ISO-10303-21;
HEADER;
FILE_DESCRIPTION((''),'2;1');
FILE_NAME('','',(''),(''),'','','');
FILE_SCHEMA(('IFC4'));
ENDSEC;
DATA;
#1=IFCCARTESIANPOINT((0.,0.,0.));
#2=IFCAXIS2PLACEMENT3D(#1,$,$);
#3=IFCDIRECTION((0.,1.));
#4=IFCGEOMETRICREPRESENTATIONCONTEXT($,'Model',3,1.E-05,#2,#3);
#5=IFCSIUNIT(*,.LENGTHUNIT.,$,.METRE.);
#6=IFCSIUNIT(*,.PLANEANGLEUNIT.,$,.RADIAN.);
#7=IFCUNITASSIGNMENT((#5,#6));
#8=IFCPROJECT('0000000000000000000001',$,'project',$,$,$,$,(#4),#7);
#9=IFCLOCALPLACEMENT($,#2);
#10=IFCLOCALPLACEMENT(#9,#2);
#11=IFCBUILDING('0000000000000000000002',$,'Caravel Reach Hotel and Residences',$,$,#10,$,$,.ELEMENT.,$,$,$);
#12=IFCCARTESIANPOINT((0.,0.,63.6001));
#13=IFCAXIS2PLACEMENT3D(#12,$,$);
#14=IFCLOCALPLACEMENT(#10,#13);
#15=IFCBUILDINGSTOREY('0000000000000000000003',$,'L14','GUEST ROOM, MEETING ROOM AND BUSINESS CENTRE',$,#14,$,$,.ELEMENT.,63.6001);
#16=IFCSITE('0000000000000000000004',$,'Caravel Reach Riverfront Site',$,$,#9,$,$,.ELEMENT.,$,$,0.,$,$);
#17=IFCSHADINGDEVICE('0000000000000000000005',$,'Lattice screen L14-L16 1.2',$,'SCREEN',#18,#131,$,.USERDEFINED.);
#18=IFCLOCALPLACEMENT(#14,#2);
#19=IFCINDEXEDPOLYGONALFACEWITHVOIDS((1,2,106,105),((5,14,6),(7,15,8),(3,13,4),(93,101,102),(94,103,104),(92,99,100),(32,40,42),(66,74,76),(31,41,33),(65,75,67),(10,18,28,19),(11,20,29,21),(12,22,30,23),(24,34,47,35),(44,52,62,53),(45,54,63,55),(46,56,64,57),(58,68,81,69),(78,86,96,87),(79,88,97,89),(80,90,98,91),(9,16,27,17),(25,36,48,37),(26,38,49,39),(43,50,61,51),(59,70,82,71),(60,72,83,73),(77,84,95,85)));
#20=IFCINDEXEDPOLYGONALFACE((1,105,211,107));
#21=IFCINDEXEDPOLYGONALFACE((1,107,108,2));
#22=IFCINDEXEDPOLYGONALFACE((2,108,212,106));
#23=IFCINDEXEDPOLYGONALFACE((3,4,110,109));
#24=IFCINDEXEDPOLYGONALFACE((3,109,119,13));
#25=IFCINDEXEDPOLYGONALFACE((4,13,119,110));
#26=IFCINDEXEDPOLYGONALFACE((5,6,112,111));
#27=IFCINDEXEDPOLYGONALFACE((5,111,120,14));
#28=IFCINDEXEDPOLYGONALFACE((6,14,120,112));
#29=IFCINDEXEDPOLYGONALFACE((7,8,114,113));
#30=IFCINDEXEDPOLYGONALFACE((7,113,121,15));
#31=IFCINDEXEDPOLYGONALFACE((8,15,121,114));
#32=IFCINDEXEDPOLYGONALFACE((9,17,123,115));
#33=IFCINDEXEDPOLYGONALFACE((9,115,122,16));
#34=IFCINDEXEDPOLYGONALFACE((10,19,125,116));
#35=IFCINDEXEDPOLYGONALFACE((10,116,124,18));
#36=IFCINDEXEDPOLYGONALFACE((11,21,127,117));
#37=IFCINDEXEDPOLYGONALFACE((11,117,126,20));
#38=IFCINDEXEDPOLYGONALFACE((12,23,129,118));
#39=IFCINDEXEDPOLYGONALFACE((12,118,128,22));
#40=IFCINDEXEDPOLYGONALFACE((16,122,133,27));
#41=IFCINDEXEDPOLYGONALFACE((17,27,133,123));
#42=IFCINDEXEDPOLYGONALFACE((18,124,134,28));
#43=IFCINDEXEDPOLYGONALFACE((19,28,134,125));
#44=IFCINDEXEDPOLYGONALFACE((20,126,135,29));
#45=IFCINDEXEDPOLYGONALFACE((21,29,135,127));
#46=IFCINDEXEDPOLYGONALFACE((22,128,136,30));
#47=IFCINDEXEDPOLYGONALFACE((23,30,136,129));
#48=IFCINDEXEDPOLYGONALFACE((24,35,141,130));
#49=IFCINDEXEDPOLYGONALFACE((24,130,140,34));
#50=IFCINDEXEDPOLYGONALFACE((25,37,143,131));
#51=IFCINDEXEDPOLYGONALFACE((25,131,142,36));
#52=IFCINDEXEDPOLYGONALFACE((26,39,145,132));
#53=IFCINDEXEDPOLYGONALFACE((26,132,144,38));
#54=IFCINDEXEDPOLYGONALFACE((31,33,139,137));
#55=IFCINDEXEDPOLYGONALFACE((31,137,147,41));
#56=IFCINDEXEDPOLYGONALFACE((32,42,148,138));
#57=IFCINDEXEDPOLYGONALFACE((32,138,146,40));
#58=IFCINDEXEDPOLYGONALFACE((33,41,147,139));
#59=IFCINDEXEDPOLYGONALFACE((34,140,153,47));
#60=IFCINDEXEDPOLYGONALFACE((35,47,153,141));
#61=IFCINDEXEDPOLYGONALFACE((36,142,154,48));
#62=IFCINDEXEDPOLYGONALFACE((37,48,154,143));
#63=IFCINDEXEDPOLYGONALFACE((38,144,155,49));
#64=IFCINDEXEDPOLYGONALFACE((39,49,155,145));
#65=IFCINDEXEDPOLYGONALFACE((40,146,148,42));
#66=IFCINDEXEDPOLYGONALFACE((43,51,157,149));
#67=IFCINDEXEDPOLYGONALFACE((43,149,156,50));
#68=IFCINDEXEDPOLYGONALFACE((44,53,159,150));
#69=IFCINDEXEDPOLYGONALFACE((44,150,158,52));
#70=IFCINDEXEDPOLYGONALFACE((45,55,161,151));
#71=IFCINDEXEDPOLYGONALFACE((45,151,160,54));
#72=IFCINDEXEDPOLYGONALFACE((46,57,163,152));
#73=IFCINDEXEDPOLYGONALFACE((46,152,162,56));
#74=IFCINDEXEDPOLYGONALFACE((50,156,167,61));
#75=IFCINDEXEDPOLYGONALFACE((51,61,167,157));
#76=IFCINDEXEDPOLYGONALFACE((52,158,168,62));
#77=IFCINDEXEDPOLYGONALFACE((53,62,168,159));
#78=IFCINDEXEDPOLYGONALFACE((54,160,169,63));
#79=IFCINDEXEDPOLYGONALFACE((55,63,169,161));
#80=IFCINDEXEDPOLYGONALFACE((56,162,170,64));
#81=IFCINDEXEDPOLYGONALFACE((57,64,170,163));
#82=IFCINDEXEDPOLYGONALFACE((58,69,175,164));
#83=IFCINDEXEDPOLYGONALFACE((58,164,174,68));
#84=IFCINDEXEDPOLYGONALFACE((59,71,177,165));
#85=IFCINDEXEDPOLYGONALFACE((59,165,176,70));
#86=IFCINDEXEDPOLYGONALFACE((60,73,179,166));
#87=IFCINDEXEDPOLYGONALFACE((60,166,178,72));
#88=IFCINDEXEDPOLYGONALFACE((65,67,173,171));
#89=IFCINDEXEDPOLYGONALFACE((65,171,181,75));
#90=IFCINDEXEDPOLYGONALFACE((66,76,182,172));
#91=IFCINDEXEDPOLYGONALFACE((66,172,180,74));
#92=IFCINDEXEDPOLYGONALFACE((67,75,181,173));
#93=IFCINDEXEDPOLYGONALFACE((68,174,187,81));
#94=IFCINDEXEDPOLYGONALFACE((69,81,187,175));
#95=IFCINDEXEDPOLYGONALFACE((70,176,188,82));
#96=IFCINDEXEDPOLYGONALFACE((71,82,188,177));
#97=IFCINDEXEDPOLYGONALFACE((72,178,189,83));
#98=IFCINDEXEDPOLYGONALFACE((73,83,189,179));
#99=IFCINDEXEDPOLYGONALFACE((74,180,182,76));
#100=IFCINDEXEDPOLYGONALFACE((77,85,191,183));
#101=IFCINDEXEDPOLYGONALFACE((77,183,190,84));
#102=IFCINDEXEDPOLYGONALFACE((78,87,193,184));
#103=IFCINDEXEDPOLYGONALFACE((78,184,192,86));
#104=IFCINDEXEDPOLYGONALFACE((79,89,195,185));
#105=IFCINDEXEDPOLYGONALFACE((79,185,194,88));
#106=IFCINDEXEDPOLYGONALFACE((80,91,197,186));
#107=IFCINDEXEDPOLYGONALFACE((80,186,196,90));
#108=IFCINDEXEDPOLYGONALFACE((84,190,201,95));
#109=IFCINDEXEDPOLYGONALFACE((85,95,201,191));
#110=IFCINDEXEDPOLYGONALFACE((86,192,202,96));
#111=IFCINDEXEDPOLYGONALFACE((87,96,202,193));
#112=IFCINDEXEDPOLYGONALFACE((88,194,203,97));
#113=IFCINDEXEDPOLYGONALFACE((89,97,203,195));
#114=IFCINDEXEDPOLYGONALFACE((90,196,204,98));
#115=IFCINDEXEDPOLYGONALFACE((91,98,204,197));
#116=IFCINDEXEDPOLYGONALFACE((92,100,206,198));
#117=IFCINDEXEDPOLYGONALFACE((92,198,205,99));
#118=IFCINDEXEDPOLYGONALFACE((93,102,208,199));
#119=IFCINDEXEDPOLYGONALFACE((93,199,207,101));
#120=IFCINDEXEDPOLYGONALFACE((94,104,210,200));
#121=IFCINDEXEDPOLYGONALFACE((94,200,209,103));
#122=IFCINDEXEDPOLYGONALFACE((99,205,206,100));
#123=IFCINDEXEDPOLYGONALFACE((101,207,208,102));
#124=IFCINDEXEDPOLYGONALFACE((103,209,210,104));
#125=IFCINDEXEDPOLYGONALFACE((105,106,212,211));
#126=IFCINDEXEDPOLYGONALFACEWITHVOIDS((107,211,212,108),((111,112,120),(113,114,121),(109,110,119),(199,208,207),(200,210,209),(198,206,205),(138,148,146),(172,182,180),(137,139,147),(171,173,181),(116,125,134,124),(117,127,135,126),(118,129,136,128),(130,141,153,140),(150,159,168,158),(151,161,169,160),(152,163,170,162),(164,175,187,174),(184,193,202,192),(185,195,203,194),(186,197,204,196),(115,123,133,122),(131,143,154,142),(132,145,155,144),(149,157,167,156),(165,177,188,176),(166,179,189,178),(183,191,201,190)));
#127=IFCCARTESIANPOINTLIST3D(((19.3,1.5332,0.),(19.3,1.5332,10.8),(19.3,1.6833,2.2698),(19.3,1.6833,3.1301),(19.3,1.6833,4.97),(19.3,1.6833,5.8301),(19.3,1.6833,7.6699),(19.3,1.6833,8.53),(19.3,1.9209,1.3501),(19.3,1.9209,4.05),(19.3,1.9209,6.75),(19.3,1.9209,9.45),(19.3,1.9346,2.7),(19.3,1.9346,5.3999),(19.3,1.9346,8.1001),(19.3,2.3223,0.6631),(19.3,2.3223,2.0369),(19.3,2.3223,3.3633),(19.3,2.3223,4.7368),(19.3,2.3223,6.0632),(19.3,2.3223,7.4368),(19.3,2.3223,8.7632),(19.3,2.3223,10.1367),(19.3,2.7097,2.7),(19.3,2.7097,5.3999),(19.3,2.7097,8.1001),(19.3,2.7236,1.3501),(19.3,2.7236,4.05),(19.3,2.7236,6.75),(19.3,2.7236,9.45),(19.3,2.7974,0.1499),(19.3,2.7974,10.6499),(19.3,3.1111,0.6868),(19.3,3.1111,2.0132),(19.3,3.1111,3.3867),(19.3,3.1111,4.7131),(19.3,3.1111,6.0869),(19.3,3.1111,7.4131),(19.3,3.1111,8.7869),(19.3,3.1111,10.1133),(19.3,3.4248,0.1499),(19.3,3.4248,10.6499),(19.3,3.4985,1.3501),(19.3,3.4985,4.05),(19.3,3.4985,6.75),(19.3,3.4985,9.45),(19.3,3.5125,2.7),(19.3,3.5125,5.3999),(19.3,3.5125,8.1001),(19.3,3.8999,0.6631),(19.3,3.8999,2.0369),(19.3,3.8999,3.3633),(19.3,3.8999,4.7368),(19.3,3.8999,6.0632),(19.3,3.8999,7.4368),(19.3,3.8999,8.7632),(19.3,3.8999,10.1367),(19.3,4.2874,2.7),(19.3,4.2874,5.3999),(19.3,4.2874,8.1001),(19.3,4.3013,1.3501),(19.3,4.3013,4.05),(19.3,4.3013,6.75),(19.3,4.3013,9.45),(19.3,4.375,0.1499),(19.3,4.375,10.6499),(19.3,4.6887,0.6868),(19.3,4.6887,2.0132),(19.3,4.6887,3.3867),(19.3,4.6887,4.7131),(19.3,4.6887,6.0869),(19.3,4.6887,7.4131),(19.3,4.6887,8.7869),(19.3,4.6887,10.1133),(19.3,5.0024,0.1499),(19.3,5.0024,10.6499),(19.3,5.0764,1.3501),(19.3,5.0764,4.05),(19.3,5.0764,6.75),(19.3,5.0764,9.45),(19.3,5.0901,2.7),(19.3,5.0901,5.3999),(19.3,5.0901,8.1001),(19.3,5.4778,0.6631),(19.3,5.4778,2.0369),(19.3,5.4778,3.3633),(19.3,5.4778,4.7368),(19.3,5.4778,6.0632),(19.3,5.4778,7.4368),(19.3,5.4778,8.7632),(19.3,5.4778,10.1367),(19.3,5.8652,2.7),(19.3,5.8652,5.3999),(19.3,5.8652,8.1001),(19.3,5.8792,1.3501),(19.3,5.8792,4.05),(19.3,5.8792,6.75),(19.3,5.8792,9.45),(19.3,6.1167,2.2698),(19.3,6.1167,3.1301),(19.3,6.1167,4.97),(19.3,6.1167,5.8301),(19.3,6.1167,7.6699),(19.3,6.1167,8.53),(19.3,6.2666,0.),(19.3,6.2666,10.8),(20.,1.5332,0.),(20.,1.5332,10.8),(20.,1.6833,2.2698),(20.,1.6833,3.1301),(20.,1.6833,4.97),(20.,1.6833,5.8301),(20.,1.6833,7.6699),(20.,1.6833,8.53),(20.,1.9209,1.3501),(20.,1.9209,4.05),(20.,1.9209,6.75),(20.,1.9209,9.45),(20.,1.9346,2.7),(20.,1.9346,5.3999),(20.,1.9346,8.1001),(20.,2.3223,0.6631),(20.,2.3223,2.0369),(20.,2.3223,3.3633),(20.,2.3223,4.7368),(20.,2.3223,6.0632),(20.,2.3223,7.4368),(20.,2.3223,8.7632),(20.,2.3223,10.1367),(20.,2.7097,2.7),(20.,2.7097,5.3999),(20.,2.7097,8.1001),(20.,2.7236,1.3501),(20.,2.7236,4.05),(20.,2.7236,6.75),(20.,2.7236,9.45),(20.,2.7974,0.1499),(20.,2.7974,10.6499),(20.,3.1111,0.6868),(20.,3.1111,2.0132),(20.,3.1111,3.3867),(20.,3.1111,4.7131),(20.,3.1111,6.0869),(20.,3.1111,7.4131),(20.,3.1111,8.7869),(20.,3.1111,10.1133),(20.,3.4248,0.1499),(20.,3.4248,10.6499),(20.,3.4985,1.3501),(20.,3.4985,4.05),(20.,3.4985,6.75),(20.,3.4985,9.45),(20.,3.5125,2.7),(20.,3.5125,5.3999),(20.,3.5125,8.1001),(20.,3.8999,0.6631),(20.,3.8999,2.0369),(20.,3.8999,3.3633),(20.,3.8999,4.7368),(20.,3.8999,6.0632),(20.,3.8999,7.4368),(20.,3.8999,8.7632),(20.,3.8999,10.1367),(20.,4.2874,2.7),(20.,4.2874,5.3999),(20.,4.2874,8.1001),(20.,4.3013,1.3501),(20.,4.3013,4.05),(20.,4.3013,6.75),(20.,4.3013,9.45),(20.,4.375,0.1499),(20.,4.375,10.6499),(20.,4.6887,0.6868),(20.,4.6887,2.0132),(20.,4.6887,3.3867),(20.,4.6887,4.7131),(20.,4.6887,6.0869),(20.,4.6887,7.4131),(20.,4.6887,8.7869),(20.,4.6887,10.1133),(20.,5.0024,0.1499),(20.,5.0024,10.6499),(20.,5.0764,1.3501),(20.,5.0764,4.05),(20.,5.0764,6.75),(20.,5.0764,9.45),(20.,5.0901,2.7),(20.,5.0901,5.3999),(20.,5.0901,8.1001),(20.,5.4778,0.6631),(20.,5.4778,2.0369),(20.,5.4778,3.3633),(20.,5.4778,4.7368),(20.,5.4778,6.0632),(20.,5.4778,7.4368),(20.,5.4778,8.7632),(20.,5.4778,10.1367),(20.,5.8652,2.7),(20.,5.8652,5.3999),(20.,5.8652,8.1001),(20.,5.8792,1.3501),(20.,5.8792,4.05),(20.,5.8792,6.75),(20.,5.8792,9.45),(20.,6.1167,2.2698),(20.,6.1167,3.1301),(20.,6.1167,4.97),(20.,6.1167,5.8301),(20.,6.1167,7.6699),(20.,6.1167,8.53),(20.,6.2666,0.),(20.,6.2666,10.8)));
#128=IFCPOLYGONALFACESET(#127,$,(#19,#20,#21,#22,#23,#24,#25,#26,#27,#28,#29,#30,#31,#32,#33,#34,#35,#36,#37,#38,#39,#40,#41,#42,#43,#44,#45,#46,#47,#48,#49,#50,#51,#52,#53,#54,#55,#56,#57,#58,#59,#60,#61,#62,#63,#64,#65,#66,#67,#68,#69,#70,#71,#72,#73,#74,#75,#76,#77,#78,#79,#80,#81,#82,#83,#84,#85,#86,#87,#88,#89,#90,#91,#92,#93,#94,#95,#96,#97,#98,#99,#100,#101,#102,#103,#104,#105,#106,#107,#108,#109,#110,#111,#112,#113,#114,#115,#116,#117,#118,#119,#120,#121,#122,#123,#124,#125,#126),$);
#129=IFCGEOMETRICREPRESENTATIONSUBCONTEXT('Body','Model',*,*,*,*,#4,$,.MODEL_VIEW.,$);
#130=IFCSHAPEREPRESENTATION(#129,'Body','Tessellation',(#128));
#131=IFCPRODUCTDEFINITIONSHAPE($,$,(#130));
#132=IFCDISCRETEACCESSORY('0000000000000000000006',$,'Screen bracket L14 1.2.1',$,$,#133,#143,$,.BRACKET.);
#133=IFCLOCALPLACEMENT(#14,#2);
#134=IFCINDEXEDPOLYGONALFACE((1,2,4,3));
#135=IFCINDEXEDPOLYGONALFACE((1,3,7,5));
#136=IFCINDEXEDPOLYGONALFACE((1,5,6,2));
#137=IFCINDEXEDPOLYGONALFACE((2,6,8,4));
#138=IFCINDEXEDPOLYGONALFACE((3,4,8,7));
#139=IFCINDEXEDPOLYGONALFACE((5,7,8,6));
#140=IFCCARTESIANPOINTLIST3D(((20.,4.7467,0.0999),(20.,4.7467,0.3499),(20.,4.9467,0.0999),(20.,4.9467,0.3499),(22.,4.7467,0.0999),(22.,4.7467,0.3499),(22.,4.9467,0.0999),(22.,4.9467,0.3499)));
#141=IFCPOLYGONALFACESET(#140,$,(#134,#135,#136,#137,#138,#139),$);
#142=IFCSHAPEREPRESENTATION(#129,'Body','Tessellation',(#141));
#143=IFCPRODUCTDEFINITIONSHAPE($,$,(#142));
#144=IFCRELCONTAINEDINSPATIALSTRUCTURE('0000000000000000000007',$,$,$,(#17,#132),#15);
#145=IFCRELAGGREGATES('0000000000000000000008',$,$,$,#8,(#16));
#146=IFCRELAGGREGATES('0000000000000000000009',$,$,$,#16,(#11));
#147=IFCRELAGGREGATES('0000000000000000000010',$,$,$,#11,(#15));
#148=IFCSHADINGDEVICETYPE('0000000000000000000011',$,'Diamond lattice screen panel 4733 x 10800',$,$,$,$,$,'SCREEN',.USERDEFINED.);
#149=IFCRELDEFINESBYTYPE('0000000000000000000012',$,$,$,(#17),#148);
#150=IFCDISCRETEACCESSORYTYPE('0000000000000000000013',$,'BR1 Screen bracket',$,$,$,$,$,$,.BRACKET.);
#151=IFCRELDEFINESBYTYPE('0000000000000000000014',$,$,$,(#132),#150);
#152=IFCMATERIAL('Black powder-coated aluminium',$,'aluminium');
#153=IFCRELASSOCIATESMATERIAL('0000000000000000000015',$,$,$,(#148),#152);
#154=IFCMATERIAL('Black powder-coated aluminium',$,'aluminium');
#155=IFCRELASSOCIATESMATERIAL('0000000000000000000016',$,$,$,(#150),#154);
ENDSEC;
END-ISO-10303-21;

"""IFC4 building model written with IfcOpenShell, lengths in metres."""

from ifc_helpers import new_model, si_unit, direction, frame, origin, origin_2d, place, context, subcontext, project, spatial, polyline, rectangle, outline, extrude, material, type_object, element, save


model = new_model("IFC4")

# Units and contexts
model_context = context("Model", 3, precision=1e-05, world=origin(), true_north=direction((0.0, 1.0)))
body_context = subcontext(model_context, "Body", "Model", "MODEL_VIEW")
ifc_project = project(units=[si_unit("LENGTHUNIT", "METRE"), si_unit("PLANEANGLEUNIT", "RADIAN")], contexts=[model_context])

# Site, building, storey
site_placement = place(None, origin())
site = spatial("IfcSite", under=ifc_project, at=site_placement, Name="Caravel Reach Riverfront Site", CompositionType="ELEMENT", RefElevation=0.0)
building_placement = place(site_placement, origin())
building = spatial("IfcBuilding", under=site, at=building_placement, Name="Caravel Reach Hotel and Residences", CompositionType="ELEMENT")
storey_placement = place(building_placement, frame((0.0, 0.0, 63.6001)))
storey = spatial("IfcBuildingStorey", under=building, at=storey_placement, Name="L14", Description="GUEST ROOM, MEETING ROOM AND BUSINESS CENTRE", CompositionType="ELEMENT", Elevation=63.6001)

# Shading device
ifc_material_1 = material(Name="Black powder-coated aluminium", Category="aluminium")
shading_device_type = type_object("IfcShadingDeviceType", Name="Diamond lattice screen panel 4733 x 10800", ElementType="SCREEN", PredefinedType="USERDEFINED", material=ifc_material_1)
shading_device_placement = place(storey_placement, frame((20.0, 6.2666, 0.0), z_axis=(-1.0, 0.0, 0.0), x_axis=(0.0, -1.0, 0.0)))
element("IfcShadingDevice", 1, at=shading_device_placement, inside=storey, type_object=shading_device_type, Name="Lattice screen L14-L16 1.2", ObjectType="SCREEN", PredefinedType="USERDEFINED", context=body_context, shape_type="SweptSolid", body=[
    extrude(outline(polyline([(0.0, 0.0), (4.7334, 0.0), (4.7334, 10.8), (0.0, 10.8), (0.0, 0.0)]), holes=[polyline([(0.4014, 2.7), (0.1499, 3.1301), (0.1499, 2.2698), (0.4014, 2.7)]), polyline([(0.4014, 5.3999), (0.1499, 5.8301), (0.1499, 4.97), (0.4014, 5.3999)]), polyline([(0.4014, 8.1001), (0.1499, 8.53), (0.1499, 7.6699), (0.4014, 8.1001)]), polyline([(0.7888, 2.0369), (0.3875, 1.3501), (0.7888, 0.6631), (1.1902, 1.3501), (0.7888, 2.0369)]), polyline([(0.7888, 4.7368), (0.3875, 4.05), (0.7888, 3.3633), (1.1902, 4.05), (0.7888, 4.7368)]), polyline([(0.7888, 7.4368), (0.3875, 6.75), (0.7888, 6.0632), (1.1902, 6.75), (0.7888, 7.4368)]), polyline([(0.7888, 10.1367), (0.3875, 9.45), (0.7888, 8.7632), (1.1902, 9.45), (0.7888, 10.1367)]), polyline([(1.5779, 0.6868), (1.2642, 0.1499), (1.8916, 0.1499), (1.5779, 0.6868)]), polyline([(1.5779, 3.3867), (1.1765, 2.7), (1.5779, 2.0132), (1.9792, 2.7), (1.5779, 3.3867)]), polyline([(1.5779, 6.0869), (1.1765, 5.3999), (1.5779, 4.7131), (1.9792, 5.3999), (1.5779, 6.0869)]), polyline([(1.5779, 8.7869), (1.1765, 8.1001), (1.5779, 7.4131), (1.9792, 8.1001), (1.5779, 8.7869)]), polyline([(1.5779, 10.1133), (1.8916, 10.6499), (1.2642, 10.6499), (1.5779, 10.1133)]), polyline([(2.3667, 2.0369), (1.9653, 1.3501), (2.3667, 0.6631), (2.7681, 1.3501), (2.3667, 2.0369)]), polyline([(2.3667, 4.7368), (1.9653, 4.05), (2.3667, 3.3633), (2.7681, 4.05), (2.3667, 4.7368)]), polyline([(2.3667, 7.4368), (1.9653, 6.75), (2.3667, 6.0632), (2.7681, 6.75), (2.3667, 7.4368)]), polyline([(2.3667, 10.1367), (1.9653, 9.45), (2.3667, 8.7632), (2.7681, 9.45), (2.3667, 10.1367)]), polyline([(3.1555, 0.6868), (2.8418, 0.1499), (3.4692, 0.1499), (3.1555, 0.6868)]), polyline([(3.1555, 3.3867), (2.7542, 2.7), (3.1555, 2.0132), (3.5569, 2.7), (3.1555, 3.3867)]), polyline([(3.1555, 6.0869), (2.7542, 5.3999), (3.1555, 4.7131), (3.5569, 5.3999), (3.1555, 6.0869)]), polyline([(3.1555, 8.7869), (2.7542, 8.1001), (3.1555, 7.4131), (3.5569, 8.1001), (3.1555, 8.7869)]), polyline([(3.1555, 10.1133), (3.4692, 10.6499), (2.8418, 10.6499), (3.1555, 10.1133)]), polyline([(3.9443, 2.0369), (3.543, 1.3501), (3.9443, 0.6631), (4.3457, 1.3501), (3.9443, 2.0369)]), polyline([(3.9443, 4.7368), (3.543, 4.05), (3.9443, 3.3633), (4.3457, 4.05), (3.9443, 4.7368)]), polyline([(3.9443, 7.4368), (3.543, 6.75), (3.9443, 6.0632), (4.3457, 6.75), (3.9443, 7.4368)]), polyline([(3.9443, 10.1367), (3.543, 9.45), (3.9443, 8.7632), (4.3457, 9.45), (3.9443, 10.1367)]), polyline([(4.332, 2.7), (4.5833, 2.2698), (4.5833, 3.1301), (4.332, 2.7)]), polyline([(4.332, 5.3999), (4.5833, 4.97), (4.5833, 5.8301), (4.332, 5.3999)]), polyline([(4.332, 8.1001), (4.5833, 7.6699), (4.5833, 8.53), (4.332, 8.1001)])]), origin(), (0.0, 0.0, 1.0), 0.7),
])

# Discrete accessory
ifc_material_2 = material(Name="Black powder-coated aluminium", Category="aluminium")
discrete_accessory_type = type_object("IfcDiscreteAccessoryType", Name="BR1 Screen bracket", PredefinedType="BRACKET", material=ifc_material_2)
discrete_accessory_placement = place(storey_placement, frame((21.0, 4.8467, 0.0999), z_axis=(0.0, 0.0, 1.0), x_axis=(-1.0, 0.0, 0.0)))
element("IfcDiscreteAccessory", 2, at=discrete_accessory_placement, inside=storey, type_object=discrete_accessory_type, Name="Screen bracket L14 1.2.1", PredefinedType="BRACKET", context=body_context, shape_type="SweptSolid", body=[
    extrude(rectangle(XDim=2.0, YDim=0.2, at=origin_2d()), origin(), (0.0, 0.0, 1.0), 0.25),
])

save(model, "model.ifc")
